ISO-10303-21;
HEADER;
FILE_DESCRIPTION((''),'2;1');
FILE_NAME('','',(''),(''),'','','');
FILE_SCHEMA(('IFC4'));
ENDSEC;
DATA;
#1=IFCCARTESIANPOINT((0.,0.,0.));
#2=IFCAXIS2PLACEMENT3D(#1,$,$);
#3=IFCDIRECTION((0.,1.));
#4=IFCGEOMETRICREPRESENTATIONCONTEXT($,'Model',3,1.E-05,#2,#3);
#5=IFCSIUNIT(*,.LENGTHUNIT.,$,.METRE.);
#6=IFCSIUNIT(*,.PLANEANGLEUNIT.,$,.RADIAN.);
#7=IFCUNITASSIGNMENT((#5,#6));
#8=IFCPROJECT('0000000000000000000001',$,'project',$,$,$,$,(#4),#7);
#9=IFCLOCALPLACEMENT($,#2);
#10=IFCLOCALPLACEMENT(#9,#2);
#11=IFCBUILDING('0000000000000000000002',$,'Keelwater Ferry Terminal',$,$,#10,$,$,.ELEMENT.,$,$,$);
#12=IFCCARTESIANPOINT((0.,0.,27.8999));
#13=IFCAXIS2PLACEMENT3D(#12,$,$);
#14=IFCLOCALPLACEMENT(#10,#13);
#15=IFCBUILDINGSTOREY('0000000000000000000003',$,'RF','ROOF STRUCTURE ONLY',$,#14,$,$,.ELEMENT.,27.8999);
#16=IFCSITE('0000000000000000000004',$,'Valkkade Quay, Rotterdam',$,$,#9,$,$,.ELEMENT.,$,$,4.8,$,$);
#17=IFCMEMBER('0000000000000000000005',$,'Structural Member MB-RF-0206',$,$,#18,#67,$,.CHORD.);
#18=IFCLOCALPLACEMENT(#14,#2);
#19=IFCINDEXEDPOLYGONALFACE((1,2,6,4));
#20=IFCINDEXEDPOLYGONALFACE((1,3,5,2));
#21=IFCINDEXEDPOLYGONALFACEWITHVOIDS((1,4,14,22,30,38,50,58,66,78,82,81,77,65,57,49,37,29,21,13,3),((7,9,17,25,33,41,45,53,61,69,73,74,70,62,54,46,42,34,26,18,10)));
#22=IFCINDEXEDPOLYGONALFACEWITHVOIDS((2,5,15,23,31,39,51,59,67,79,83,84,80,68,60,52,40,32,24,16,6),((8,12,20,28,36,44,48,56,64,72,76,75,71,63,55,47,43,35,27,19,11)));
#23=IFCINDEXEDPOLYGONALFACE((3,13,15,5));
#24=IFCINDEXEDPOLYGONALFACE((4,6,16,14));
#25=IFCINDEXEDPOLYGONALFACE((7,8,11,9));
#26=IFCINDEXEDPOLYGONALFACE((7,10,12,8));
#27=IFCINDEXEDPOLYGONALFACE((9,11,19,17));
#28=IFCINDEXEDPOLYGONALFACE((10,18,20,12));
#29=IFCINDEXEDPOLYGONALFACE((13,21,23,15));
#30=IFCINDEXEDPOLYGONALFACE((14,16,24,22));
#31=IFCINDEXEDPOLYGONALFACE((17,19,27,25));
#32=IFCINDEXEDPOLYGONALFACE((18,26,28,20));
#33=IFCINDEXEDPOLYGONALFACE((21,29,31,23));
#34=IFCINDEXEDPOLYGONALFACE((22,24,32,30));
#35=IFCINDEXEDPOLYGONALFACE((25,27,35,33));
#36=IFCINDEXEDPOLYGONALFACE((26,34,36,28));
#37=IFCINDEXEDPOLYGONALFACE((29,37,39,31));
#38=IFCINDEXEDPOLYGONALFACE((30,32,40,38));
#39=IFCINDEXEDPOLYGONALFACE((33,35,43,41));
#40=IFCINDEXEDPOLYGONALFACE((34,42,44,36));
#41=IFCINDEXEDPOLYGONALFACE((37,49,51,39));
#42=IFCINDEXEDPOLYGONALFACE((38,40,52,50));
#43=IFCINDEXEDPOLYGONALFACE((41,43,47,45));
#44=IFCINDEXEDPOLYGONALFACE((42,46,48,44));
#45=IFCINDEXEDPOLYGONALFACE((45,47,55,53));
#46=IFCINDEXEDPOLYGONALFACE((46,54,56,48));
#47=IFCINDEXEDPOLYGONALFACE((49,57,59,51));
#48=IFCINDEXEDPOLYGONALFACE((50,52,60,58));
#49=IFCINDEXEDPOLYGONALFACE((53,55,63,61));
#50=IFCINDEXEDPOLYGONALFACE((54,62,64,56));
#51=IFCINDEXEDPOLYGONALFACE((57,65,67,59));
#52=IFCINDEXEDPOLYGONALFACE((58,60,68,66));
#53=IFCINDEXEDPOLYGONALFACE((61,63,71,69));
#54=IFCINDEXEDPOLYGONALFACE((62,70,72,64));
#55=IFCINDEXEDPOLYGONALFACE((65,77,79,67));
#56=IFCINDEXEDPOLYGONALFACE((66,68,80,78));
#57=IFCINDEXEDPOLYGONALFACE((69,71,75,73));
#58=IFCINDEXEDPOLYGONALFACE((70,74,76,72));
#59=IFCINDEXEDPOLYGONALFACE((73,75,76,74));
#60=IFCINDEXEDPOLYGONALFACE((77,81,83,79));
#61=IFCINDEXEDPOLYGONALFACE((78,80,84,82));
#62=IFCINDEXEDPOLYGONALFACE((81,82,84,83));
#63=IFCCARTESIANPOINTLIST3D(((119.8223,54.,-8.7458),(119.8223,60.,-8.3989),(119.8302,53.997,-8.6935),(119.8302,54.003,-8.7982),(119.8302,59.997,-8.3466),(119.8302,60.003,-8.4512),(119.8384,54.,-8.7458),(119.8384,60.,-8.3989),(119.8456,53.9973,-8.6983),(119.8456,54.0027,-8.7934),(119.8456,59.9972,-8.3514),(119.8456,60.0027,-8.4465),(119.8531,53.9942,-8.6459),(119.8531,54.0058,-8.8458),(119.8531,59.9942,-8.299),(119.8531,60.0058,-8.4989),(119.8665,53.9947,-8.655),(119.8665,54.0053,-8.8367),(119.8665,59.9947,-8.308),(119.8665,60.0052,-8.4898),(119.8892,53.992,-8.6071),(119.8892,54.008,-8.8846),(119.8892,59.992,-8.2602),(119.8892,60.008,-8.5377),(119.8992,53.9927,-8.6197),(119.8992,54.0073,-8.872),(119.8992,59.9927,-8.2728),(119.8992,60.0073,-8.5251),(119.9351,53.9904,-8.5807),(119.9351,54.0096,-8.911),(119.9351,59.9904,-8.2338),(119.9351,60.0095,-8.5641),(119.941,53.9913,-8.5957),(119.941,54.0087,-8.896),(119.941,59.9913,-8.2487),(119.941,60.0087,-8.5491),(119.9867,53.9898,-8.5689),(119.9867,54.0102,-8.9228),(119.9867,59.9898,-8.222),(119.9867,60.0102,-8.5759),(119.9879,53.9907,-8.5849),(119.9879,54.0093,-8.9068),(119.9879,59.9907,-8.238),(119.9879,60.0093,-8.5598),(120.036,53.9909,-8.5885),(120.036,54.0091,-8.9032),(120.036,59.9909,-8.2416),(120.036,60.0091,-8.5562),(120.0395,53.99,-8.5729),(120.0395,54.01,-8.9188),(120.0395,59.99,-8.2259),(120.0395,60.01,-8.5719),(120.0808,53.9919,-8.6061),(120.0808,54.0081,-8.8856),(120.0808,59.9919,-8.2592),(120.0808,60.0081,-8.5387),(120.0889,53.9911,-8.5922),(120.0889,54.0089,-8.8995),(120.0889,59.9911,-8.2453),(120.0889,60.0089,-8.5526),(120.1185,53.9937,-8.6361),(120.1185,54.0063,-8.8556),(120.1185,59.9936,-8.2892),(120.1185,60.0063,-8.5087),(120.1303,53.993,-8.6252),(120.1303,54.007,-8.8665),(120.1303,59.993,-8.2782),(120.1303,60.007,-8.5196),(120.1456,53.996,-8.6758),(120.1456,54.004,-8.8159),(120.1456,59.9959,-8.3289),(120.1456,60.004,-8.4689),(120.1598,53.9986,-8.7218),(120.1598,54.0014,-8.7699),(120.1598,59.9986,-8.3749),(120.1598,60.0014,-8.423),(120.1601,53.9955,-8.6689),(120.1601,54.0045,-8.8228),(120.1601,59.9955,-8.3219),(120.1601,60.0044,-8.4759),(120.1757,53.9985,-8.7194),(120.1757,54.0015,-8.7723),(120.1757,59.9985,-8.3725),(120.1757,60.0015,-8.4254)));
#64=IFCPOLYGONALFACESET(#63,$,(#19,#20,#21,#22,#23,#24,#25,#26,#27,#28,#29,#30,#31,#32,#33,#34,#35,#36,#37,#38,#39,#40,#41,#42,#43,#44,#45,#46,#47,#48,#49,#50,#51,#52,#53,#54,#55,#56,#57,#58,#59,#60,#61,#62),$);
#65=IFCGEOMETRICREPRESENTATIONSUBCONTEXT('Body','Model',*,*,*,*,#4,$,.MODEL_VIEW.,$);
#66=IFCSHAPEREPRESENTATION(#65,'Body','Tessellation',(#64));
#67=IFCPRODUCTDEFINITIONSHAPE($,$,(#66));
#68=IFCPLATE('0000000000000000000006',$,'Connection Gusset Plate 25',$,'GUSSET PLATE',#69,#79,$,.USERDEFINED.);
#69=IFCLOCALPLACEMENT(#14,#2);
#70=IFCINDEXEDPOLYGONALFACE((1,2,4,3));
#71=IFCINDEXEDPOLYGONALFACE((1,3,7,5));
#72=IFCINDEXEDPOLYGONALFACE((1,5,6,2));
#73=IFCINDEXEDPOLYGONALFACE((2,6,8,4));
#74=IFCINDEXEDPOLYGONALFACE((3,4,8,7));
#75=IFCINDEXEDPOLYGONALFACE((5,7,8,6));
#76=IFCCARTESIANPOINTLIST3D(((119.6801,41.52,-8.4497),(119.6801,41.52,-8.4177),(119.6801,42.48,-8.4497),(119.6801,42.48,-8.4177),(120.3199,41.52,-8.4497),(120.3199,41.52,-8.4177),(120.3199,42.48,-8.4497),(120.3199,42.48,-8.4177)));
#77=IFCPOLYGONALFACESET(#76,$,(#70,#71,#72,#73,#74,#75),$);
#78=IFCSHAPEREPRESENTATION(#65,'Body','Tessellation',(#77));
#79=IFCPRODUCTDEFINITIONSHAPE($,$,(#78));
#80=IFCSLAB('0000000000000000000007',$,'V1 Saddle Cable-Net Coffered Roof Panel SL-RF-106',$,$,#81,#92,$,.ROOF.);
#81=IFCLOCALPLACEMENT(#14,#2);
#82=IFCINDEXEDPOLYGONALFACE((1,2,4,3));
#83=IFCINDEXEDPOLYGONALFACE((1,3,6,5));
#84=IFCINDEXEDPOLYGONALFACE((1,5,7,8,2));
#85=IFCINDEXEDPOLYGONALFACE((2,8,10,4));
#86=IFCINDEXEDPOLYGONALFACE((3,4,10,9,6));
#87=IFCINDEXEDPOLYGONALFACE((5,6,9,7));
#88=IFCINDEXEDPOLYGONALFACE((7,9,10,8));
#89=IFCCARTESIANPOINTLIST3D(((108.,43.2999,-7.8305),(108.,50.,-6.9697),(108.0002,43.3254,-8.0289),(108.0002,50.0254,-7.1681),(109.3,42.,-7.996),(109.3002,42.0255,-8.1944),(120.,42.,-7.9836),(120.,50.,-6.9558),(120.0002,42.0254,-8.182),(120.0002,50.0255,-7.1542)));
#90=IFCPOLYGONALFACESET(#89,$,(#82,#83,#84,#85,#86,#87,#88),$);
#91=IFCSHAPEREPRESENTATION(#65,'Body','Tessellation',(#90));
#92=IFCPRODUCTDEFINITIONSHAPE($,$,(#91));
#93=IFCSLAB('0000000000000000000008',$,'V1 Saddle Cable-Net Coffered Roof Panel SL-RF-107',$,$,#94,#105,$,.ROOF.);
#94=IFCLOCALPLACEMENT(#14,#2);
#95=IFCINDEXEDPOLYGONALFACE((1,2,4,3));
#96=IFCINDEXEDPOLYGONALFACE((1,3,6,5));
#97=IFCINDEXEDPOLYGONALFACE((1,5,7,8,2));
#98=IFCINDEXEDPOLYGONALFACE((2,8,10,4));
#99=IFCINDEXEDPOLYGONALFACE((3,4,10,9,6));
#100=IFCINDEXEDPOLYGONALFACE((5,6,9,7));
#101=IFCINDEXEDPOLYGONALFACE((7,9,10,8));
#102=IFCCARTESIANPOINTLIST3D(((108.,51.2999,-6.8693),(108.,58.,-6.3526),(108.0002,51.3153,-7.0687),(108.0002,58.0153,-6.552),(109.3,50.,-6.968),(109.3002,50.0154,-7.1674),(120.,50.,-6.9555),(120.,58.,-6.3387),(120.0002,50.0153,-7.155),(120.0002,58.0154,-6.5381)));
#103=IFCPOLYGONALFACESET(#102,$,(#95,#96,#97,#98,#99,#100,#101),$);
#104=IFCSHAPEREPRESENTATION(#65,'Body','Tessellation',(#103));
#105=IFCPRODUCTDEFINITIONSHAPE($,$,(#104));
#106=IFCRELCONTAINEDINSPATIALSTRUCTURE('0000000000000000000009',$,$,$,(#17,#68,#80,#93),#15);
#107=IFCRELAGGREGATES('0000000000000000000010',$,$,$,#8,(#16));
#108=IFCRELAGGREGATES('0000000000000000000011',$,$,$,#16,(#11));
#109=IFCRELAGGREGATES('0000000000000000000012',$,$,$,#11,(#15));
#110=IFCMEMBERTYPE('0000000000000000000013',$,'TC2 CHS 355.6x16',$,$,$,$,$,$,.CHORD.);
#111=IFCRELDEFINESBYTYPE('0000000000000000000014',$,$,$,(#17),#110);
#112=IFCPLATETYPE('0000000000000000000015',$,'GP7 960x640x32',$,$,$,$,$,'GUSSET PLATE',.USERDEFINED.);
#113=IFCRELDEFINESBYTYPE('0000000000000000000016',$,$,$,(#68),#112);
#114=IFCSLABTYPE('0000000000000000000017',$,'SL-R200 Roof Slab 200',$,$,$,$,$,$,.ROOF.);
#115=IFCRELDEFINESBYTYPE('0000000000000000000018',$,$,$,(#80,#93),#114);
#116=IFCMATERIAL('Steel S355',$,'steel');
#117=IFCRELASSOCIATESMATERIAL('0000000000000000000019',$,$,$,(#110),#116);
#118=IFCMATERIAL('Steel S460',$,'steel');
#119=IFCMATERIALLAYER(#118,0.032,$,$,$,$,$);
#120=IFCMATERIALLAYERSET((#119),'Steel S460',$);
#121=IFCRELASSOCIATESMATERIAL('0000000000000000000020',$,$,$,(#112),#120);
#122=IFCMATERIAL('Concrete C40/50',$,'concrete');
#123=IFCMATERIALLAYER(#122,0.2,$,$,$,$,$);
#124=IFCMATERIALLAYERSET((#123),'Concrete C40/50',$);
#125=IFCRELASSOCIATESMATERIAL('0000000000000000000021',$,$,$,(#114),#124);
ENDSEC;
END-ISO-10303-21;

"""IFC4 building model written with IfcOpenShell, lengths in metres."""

from ifc_helpers import new_model, si_unit, direction, frame, origin, origin_with_axes, origin_2d, place, context, subcontext, project, spatial, polyline, rectangle, hollow_circle, outline, extrude, material, layer, layer_set, material_profile, profile_set, type_object, element, save


model = new_model("IFC4")

# Units and contexts
model_context = context("Model", 3, precision=1e-05, world=origin(), true_north=direction((0.0, 1.0)))
body_context = subcontext(model_context, "Body", "Model", "MODEL_VIEW")
ifc_project = project(units=[si_unit("LENGTHUNIT", "METRE"), si_unit("PLANEANGLEUNIT", "RADIAN")], contexts=[model_context])

# Site, building, storey
site_placement = place(None, origin())
site = spatial("IfcSite", under=ifc_project, at=site_placement, Name="Valkkade Quay, Rotterdam", CompositionType="ELEMENT", RefElevation=4.8)
building_placement = place(site_placement, origin())
building = spatial("IfcBuilding", under=site, at=building_placement, Name="Keelwater Ferry Terminal", CompositionType="ELEMENT")
storey_placement = place(building_placement, frame((0.0, 0.0, 27.8999)))
storey = spatial("IfcBuildingStorey", under=building, at=storey_placement, Name="RF", Description="ROOF STRUCTURE ONLY", CompositionType="ELEMENT", Elevation=27.8999)

# Member
ifc_material_1 = material(Name="Steel S355", Category="steel")
ifc_material_profile_1 = material_profile(ifc_material_1, hollow_circle(Radius=0.1777, WallThickness=0.0161, at=origin_2d()), Name="CHS 355.6x16")
ifc_profile_set_1 = profile_set([ifc_material_profile_1], Name="Steel S355")
member_type_1 = type_object("IfcMemberType", Name="TC2 CHS 355.6x16", PredefinedType="CHORD", material=ifc_profile_set_1)
member_1_placement = place(storey_placement, frame((120.0, 54.0, -8.7458), z_axis=(0.0, 0.998333, 0.057724), x_axis=(-1.0, 0.0, 0.0)))
element("IfcMember", 1, at=member_1_placement, inside=storey, type_object=member_type_1, Name="Structural Member MB-RF-0206", PredefinedType="CHORD", context=body_context, shape_type="SweptSolid", body=[
    extrude(hollow_circle(Radius=0.1777, WallThickness=0.0161, at=origin_2d()), origin(), (0.0, 0.0, 1.0), 6.01),
])

# Plate
ifc_material_2 = material(Name="Steel S460", Category="steel")
ifc_layer_1 = layer(ifc_material_2, 0.032)
ifc_layer_set_1 = layer_set([ifc_layer_1], Name="Steel S460")
plate_type = type_object("IfcPlateType", Name="GP7 960x640x32", ElementType="GUSSET PLATE", PredefinedType="USERDEFINED", material=ifc_layer_set_1)
plate_placement = place(storey_placement, frame((120.0, 42.0, -8.4497), z_axis=(0.0, 0.0, 1.0), x_axis=(0.0, 1.0, 0.0)))
element("IfcPlate", 2, at=plate_placement, inside=storey, type_object=plate_type, Name="Connection Gusset Plate 25", ObjectType="GUSSET PLATE", PredefinedType="USERDEFINED", context=body_context, shape_type="SweptSolid", body=[
    extrude(rectangle(XDim=0.96, YDim=0.6399, at=origin_2d()), origin(), (0.0, 0.0, 1.0), 0.032),
])

# Slabs
ifc_material_3 = material(Name="Concrete C40/50", Category="concrete")
ifc_layer_2 = layer(ifc_material_3, 0.2)
ifc_layer_set_2 = layer_set([ifc_layer_2], Name="Concrete C40/50")
slab_type = type_object("IfcSlabType", Name="SL-R200 Roof Slab 200", PredefinedType="ROOF", material=ifc_layer_set_2)
slab_1_placement = place(storey_placement, frame((109.3002, 42.0255, -8.1944), z_axis=(-0.001149, -0.127431, 0.991847), x_axis=(0.999999, -0.000146, 0.001139)))
element("IfcSlab", 3, at=slab_1_placement, inside=storey, type_object=slab_type, Name="V1 Saddle Cable-Net Coffered Roof Panel SL-RF-106", PredefinedType="ROOF", context=body_context, shape_type="SweptSolid", body=[
    extrude(outline(polyline([(0.0, 0.0), (10.7, 0.0015), (10.7, 8.0673), (-1.3, 8.0655), (-1.3, 1.3104), (0.0, 0.0)])), origin_with_axes(), (0.0, 0.0, 1.0), 0.2),
])
slab_2_placement = place(storey_placement, frame((109.3002, 50.0154, -7.1674), z_axis=(-0.001161, -0.076881, 0.99704), x_axis=(0.999999, -0.000089, 0.001158)))
element("IfcSlab", 4, at=slab_2_placement, inside=storey, type_object=slab_type, Name="V1 Saddle Cable-Net Coffered Roof Panel SL-RF-107", PredefinedType="ROOF", context=body_context, shape_type="SweptSolid", body=[
    extrude(outline(polyline([(0.0, 0.0), (10.7, 0.0009), (10.7, 8.0247), (-1.3, 8.0236), (-1.3, 1.3037), (0.0, 0.0)])), origin_with_axes(), (0.0, 0.0, 1.0), 0.2),
])

save(model, "model.ifc")
